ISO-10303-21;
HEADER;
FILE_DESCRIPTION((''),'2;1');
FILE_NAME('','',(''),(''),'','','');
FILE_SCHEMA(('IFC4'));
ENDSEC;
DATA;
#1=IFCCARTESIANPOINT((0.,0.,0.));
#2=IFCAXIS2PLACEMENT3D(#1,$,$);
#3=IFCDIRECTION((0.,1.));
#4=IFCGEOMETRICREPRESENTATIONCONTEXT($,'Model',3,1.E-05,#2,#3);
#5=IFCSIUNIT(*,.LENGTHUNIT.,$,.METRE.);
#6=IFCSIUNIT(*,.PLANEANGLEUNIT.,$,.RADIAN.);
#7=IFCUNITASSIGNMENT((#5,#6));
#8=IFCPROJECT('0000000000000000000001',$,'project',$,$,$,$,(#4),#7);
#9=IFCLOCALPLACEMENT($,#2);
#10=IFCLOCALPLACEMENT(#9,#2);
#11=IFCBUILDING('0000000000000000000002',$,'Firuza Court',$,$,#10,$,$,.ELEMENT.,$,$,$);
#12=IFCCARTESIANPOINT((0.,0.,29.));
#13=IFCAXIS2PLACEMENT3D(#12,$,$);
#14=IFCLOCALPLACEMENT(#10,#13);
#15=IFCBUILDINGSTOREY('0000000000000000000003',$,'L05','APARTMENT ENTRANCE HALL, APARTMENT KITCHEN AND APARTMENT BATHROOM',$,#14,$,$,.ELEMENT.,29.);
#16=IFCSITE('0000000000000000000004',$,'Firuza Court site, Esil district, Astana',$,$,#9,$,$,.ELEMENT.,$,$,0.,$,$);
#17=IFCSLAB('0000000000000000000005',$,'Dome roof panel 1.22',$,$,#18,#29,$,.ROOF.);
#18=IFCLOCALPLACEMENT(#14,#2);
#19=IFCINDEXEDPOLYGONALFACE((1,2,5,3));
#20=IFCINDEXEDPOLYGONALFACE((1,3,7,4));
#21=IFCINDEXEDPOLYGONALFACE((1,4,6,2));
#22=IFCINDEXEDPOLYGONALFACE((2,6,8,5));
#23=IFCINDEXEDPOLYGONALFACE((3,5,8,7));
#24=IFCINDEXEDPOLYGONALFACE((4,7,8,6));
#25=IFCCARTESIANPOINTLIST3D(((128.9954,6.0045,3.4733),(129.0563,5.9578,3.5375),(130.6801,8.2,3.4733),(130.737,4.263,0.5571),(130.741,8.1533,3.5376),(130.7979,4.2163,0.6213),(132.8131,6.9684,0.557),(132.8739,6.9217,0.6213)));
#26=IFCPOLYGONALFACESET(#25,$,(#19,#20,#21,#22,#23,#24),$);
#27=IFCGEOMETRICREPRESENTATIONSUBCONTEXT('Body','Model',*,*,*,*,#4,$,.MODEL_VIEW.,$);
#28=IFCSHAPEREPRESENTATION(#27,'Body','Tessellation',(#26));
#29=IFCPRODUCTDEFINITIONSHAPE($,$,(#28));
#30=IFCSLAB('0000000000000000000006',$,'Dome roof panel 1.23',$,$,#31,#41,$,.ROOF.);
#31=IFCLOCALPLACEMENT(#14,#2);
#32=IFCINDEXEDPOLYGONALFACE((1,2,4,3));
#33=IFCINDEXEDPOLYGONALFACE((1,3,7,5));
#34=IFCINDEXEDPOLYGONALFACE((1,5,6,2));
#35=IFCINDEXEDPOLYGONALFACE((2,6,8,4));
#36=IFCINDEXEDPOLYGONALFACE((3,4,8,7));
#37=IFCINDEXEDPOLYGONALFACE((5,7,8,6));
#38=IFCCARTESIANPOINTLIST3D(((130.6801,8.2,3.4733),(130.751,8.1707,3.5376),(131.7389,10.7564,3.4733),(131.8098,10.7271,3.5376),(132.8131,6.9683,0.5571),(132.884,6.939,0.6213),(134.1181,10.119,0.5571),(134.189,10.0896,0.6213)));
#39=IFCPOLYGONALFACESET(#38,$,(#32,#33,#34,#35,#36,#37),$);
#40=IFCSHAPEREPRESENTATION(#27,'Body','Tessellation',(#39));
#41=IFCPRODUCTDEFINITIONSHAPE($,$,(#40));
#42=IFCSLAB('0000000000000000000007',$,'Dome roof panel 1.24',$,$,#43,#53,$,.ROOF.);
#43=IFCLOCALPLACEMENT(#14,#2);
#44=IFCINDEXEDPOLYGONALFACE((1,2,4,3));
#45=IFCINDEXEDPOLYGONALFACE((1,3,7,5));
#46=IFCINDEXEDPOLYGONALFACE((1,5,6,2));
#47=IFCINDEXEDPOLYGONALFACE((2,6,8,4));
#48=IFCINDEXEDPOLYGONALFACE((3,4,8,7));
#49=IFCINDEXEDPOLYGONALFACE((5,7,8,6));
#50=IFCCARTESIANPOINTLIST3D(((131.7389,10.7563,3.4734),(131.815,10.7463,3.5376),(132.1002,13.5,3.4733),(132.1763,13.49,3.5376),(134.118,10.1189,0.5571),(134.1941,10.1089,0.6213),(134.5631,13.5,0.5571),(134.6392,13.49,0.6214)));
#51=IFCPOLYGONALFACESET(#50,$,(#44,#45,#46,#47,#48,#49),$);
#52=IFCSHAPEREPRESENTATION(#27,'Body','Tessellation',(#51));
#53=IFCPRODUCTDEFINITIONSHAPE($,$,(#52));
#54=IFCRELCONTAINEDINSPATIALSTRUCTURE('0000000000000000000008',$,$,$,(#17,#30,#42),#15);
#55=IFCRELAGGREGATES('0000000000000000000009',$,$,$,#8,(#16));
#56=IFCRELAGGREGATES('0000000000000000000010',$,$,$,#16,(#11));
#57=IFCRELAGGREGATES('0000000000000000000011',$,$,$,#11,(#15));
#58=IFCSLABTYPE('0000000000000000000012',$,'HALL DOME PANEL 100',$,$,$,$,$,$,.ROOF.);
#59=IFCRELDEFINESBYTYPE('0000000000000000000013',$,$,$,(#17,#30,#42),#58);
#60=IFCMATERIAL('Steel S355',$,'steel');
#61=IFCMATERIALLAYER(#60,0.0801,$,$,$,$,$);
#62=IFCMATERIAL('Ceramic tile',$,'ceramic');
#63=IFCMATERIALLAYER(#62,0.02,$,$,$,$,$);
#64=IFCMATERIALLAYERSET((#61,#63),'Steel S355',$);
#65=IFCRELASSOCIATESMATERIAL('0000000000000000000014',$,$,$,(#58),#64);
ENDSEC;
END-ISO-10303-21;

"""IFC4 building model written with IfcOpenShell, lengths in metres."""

from ifc_helpers import new_model, si_unit, direction, frame, origin, place, context, subcontext, project, spatial, polyline, outline, extrude, material, layer, layer_set, type_object, element, save


model = new_model("IFC4")

# Units and contexts
model_context = context("Model", 3, precision=1e-05, world=origin(), true_north=direction((0.0, 1.0)))
body_context = subcontext(model_context, "Body", "Model", "MODEL_VIEW")
ifc_project = project(units=[si_unit("LENGTHUNIT", "METRE"), si_unit("PLANEANGLEUNIT", "RADIAN")], contexts=[model_context])

# Site, building, storey
site_placement = place(None, origin())
site = spatial("IfcSite", under=ifc_project, at=site_placement, Name="Firuza Court site, Esil district, Astana", CompositionType="ELEMENT", RefElevation=0.0)
building_placement = place(site_placement, origin())
building = spatial("IfcBuilding", under=site, at=building_placement, Name="Firuza Court", CompositionType="ELEMENT")
storey_placement = place(building_placement, frame((0.0, 0.0, 29.0)))
storey = spatial("IfcBuildingStorey", under=building, at=storey_placement, Name="L05", Description="APARTMENT ENTRANCE HALL, APARTMENT KITCHEN AND APARTMENT BATHROOM", CompositionType="ELEMENT", Elevation=29.0)

# Slabs
ifc_material_1 = material(Name="Steel S355", Category="steel")
ifc_layer_1 = layer(ifc_material_1, 0.0801)
ifc_material_2 = material(Name="Ceramic tile", Category="ceramic")
ifc_layer_2 = layer(ifc_material_2, 0.02)
ifc_layer_set = layer_set([ifc_layer_1, ifc_layer_2], Name="Steel S355")
slab_type = type_object("IfcSlabType", Name="HALL DOME PANEL 100", PredefinedType="ROOF", material=ifc_layer_set)
slab_1_placement = place(storey_placement, frame((130.7979, 4.2163, 0.6213), z_axis=(0.608261, -0.466756, 0.641995), x_axis=(-0.456251, 0.456246, 0.763986)))
element("IfcSlab", 1, at=slab_1_placement, inside=storey, type_object=slab_type, Name="Dome roof panel 1.22", PredefinedType="ROOF", context=body_context, shape_type="SweptSolid", body=[
    extrude(outline(polyline([(0.0, 0.0), (3.8171, 0.0), (4.0502, -2.7575), (0.287, -3.3981), (0.0, 0.0)])), origin(), (0.0, 0.0, -1.0), 0.1001),
])
slab_2_placement = place(storey_placement, frame((132.884, 6.939, 0.6213), z_axis=(0.70834, -0.293384, 0.642013), x_axis=(-0.558789, 0.322661, 0.763966)))
element("IfcSlab", 2, at=slab_2_placement, inside=storey, type_object=slab_type, Name="Dome roof panel 1.23", PredefinedType="ROOF", context=body_context, shape_type="SweptSolid", body=[
    extrude(outline(polyline([(0.0, 0.0), (3.8173, 0.0), (4.0505, -2.7572), (0.2874, -3.398), (0.0, 0.0)])), origin(), (0.0, 0.0, -1.0), 0.1001),
])
slab_3_placement = place(storey_placement, frame((134.1941, 10.1089, 0.6213), z_axis=(0.760147, -0.100082, 0.641997), x_axis=(-0.623251, 0.166991, 0.763984)))
element("IfcSlab", 3, at=slab_3_placement, inside=storey, type_object=slab_type, Name="Dome roof panel 1.24", PredefinedType="ROOF", context=body_context, shape_type="SweptSolid", body=[
    extrude(outline(polyline([(0.0, 0.0), (3.8172, 0.0), (4.0502, -2.7575), (0.2872, -3.3982), (0.0, 0.0)])), origin(), (0.0, 0.0, -1.0), 0.1001),
])

save(model, "model.ifc")
